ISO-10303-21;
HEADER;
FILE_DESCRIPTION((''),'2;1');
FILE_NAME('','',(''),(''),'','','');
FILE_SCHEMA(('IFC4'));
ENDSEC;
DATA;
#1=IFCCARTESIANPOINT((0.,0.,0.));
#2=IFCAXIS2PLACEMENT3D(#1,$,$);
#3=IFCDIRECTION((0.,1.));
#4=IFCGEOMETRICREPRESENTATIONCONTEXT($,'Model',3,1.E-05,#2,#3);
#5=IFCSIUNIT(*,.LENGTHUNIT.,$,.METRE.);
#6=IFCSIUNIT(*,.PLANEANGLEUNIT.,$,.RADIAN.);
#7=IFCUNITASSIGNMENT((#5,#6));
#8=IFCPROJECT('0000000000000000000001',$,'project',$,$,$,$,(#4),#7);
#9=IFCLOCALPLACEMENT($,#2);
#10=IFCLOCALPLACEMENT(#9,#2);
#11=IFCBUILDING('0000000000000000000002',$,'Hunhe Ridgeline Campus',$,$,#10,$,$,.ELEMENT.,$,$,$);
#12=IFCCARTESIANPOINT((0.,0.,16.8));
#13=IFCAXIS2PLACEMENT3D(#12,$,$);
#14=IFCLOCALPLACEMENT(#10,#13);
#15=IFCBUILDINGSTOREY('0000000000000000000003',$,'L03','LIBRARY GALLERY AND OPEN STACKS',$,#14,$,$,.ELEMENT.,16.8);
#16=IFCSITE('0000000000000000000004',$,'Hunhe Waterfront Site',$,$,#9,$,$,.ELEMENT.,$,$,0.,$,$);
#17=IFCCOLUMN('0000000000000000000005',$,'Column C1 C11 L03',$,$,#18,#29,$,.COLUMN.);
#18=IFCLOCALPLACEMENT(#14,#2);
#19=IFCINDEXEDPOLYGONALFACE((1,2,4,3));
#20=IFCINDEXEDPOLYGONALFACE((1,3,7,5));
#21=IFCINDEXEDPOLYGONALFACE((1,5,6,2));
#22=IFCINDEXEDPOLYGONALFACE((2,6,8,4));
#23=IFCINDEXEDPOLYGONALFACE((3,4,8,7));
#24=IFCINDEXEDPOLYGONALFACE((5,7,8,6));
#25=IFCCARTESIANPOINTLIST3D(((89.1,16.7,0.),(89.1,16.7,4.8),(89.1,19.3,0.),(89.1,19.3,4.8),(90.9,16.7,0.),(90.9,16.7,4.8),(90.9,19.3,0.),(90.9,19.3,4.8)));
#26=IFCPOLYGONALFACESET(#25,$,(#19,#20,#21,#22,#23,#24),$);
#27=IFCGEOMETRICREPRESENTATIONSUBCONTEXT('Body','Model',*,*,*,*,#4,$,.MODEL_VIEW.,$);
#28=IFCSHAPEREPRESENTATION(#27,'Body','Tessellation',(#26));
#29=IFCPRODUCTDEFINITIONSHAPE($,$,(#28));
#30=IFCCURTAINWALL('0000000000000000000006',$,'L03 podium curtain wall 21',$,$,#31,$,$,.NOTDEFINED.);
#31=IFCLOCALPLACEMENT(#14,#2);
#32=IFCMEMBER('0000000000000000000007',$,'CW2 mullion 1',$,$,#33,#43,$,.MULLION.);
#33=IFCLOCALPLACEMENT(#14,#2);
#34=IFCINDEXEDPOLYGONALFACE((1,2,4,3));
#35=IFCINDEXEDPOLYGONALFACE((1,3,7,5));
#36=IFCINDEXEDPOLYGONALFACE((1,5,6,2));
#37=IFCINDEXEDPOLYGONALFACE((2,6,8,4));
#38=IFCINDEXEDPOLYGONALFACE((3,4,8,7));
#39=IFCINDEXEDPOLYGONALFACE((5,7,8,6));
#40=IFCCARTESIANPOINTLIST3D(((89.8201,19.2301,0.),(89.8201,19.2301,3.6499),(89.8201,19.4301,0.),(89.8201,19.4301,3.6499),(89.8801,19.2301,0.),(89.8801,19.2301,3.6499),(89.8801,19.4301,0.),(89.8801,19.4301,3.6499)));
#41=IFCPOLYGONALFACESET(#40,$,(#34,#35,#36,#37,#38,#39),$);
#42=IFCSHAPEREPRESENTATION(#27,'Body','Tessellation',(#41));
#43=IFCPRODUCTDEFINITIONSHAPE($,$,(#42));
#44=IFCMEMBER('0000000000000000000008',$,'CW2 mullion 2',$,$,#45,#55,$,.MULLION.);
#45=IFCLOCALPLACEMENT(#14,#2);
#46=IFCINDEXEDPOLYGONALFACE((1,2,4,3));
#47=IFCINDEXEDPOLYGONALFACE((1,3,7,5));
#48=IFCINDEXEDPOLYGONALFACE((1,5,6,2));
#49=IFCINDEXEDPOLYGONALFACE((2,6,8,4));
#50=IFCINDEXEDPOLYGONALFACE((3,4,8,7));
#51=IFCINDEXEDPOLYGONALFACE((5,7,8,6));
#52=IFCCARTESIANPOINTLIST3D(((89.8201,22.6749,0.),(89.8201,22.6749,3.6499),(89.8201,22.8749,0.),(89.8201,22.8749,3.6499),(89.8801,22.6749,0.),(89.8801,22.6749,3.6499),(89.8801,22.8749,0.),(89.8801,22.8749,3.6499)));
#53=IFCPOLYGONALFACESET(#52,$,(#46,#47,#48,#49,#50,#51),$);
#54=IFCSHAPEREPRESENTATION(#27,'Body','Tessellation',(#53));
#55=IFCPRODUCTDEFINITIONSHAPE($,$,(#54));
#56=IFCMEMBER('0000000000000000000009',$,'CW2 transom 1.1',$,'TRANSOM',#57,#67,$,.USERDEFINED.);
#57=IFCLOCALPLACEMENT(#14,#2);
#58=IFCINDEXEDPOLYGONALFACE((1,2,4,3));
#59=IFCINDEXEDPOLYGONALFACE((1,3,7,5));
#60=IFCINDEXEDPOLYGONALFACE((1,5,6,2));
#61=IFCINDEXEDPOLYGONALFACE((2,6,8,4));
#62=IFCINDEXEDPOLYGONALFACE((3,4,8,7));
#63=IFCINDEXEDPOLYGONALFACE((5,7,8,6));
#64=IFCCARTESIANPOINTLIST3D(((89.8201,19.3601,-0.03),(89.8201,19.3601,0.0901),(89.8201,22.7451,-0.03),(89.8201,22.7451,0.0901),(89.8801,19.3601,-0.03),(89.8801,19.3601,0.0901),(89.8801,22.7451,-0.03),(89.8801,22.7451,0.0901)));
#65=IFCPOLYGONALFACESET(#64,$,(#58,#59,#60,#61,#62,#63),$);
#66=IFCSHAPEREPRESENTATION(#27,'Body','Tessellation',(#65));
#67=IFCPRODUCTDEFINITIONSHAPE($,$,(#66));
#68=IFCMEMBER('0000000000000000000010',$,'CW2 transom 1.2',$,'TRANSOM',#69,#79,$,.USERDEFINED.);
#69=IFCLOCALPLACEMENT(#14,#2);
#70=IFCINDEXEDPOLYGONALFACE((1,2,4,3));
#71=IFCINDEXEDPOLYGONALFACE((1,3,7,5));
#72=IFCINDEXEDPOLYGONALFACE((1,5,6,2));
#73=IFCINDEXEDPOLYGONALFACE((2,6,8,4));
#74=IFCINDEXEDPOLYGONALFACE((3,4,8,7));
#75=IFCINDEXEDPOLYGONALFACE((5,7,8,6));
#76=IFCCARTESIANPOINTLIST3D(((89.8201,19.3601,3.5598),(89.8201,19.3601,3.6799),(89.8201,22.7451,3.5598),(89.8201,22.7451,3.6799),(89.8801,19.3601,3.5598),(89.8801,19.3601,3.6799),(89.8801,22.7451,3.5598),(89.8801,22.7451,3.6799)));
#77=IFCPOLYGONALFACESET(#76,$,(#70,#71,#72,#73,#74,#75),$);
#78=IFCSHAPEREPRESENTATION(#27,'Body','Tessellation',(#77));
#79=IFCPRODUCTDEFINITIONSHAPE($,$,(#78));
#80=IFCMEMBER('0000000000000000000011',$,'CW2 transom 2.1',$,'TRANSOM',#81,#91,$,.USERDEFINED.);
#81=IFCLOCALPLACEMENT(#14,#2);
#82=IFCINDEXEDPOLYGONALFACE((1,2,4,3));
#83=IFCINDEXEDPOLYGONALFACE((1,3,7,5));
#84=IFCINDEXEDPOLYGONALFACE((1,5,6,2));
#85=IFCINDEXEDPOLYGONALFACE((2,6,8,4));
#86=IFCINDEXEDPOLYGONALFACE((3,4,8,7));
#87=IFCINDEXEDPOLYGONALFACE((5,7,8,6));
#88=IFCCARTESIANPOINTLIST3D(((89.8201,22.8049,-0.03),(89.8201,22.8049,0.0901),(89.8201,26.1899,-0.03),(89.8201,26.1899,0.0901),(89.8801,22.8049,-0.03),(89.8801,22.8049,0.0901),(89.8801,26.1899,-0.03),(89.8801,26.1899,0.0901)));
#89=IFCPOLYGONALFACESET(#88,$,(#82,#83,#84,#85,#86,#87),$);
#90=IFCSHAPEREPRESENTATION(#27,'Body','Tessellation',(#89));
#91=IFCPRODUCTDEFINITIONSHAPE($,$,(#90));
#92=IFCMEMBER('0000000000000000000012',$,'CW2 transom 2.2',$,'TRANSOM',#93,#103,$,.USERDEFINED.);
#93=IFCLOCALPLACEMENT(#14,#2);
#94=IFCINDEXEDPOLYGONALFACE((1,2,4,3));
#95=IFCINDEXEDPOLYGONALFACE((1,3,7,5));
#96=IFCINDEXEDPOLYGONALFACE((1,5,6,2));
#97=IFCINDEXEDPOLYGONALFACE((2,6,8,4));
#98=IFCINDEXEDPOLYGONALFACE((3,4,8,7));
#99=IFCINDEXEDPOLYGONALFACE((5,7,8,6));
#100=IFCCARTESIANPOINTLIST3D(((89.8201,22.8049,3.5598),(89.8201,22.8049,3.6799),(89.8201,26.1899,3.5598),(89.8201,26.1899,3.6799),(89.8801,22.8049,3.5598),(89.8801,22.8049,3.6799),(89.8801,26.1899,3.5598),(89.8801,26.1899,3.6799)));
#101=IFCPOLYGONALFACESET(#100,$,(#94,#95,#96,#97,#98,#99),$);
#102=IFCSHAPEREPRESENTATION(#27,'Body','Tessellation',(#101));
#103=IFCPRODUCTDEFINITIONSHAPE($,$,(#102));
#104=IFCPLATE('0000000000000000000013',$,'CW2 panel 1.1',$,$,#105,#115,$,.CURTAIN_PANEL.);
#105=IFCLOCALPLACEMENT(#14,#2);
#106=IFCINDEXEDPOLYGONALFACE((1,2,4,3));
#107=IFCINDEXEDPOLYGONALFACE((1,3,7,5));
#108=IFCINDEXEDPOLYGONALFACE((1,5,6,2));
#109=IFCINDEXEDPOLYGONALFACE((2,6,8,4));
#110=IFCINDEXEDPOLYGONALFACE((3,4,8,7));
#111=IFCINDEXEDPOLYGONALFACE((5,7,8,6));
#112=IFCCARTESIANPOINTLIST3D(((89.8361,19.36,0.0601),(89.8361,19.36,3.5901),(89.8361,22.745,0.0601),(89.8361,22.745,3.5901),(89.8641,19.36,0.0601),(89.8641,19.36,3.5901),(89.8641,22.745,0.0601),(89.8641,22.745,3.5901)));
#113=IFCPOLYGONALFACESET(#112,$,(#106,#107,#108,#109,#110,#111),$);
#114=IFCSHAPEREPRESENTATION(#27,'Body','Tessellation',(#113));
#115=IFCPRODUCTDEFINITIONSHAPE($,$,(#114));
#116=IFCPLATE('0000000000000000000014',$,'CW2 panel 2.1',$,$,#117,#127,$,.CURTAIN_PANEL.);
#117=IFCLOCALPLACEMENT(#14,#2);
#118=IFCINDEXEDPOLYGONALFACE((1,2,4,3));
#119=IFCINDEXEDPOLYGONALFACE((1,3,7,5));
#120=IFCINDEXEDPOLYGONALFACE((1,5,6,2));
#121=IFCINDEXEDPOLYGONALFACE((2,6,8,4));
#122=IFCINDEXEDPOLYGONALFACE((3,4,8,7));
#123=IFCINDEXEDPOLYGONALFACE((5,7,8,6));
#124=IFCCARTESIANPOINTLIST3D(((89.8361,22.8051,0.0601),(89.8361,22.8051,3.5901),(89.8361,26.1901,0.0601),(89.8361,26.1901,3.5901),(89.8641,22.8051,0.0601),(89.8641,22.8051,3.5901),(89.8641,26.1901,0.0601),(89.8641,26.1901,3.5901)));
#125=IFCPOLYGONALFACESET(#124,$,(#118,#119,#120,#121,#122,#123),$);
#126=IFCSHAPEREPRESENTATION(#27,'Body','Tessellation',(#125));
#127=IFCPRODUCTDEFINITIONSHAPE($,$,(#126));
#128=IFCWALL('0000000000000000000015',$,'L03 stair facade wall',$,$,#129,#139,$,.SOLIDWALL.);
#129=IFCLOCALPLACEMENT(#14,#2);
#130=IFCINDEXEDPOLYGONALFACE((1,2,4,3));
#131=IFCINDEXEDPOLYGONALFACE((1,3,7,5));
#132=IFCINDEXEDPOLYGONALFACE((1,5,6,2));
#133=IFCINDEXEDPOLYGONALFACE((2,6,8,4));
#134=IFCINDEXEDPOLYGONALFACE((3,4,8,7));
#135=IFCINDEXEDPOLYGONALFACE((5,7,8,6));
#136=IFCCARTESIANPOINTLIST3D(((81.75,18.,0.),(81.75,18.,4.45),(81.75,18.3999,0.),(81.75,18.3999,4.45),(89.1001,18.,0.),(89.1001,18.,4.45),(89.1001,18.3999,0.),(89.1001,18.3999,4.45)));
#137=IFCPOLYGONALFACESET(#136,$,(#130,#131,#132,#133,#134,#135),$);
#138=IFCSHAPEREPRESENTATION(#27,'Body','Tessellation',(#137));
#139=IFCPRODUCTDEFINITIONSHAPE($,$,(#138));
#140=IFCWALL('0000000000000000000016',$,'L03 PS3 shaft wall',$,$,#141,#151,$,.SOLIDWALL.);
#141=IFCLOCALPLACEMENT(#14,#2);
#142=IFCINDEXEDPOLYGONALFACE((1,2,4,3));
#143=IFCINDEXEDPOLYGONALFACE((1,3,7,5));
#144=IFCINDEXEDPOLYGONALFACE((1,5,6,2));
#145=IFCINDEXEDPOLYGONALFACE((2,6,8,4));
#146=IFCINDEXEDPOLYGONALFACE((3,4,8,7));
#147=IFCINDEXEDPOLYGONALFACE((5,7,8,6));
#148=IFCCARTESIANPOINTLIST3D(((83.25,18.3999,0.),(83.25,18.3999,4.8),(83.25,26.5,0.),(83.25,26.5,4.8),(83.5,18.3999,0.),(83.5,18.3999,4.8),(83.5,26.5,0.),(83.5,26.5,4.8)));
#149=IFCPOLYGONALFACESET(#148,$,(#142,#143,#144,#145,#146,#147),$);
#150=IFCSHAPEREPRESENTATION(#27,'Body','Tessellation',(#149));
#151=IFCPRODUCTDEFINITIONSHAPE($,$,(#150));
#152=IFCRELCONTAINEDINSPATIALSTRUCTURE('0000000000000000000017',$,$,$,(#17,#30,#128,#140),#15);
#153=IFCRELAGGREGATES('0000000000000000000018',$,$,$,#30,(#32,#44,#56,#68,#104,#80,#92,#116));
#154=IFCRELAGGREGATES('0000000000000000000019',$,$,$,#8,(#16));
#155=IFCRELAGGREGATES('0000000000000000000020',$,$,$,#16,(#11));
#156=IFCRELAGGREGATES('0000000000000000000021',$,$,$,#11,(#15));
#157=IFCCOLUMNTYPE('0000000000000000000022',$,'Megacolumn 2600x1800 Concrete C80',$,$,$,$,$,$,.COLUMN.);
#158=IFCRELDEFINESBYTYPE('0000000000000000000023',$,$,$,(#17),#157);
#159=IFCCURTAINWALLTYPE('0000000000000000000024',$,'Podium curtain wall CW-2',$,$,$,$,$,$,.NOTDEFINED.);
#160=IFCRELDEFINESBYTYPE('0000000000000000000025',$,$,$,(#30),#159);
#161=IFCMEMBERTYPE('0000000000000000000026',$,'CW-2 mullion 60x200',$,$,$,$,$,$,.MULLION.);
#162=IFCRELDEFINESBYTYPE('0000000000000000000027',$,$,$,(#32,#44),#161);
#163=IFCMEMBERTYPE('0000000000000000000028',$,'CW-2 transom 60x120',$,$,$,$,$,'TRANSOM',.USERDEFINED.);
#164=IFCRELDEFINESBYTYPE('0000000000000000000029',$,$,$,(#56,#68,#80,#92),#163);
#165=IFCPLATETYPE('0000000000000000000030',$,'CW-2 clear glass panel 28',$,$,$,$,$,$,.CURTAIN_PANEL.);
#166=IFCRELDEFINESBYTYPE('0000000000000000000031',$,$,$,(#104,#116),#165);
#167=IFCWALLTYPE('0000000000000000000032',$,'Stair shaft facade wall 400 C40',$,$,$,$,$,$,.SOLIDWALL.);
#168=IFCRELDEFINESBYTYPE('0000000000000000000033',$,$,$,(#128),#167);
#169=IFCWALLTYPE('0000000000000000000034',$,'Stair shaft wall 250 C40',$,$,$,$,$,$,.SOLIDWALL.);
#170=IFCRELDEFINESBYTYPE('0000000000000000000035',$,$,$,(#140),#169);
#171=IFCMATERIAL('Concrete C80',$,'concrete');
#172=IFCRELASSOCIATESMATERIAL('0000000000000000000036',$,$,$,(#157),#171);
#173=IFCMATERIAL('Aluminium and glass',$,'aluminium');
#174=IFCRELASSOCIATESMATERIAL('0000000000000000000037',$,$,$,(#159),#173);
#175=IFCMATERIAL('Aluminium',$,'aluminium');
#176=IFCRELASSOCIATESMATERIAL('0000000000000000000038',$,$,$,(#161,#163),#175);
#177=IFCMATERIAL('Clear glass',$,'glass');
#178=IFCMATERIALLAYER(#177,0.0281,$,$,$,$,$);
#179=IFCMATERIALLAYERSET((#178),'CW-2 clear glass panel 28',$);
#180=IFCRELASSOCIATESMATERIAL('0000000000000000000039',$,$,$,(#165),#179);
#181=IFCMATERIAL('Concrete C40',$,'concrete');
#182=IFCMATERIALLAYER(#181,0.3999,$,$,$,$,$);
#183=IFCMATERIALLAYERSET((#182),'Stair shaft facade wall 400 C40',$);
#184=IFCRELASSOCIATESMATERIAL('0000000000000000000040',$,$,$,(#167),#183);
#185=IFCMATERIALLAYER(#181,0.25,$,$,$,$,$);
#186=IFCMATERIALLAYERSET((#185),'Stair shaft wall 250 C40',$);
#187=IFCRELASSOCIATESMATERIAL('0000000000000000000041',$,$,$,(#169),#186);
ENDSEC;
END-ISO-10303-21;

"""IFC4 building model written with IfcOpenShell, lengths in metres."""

from ifc_helpers import new_model, si_unit, direction, frame, frame_2d, origin, origin_2d, place, context, subcontext, project, spatial, rectangle, extrude, material, layer, layer_set, material_profile, profile_set, type_object, element, aggregate, save


model = new_model("IFC4")

# Units and contexts
model_context = context("Model", 3, precision=1e-05, world=origin(), true_north=direction((0.0, 1.0)))
body_context = subcontext(model_context, "Body", "Model", "MODEL_VIEW")
ifc_project = project(units=[si_unit("LENGTHUNIT", "METRE"), si_unit("PLANEANGLEUNIT", "RADIAN")], contexts=[model_context])

# Site, building, storey
site_placement = place(None, origin())
site = spatial("IfcSite", under=ifc_project, at=site_placement, Name="Hunhe Waterfront Site", CompositionType="ELEMENT", RefElevation=0.0)
building_placement = place(site_placement, origin())
building = spatial("IfcBuilding", under=site, at=building_placement, Name="Hunhe Ridgeline Campus", CompositionType="ELEMENT")
storey_placement = place(building_placement, frame((0.0, 0.0, 16.8)))
storey = spatial("IfcBuildingStorey", under=building, at=storey_placement, Name="L03", Description="LIBRARY GALLERY AND OPEN STACKS", CompositionType="ELEMENT", Elevation=16.8)

# Column
ifc_material_1 = material(Name="Concrete C80", Category="concrete")
ifc_material_profile_1 = material_profile(ifc_material_1, rectangle(XDim=2.6001, YDim=1.8, at=origin_2d()))
ifc_profile_set_1 = profile_set([ifc_material_profile_1], Name="Concrete C80")
column_type = type_object("IfcColumnType", Name="Megacolumn 2600x1800 Concrete C80", PredefinedType="COLUMN", material=ifc_profile_set_1)
column_placement = place(storey_placement, frame((90.0, 18.0, 0.0), z_axis=(0.0, 0.0, 1.0), x_axis=(0.0, 1.0, 0.0)))
element("IfcColumn", 1, at=column_placement, inside=storey, type_object=column_type, Name="Column C1 C11 L03", PredefinedType="COLUMN", context=body_context, shape_type="SweptSolid", body=[
    extrude(rectangle(XDim=2.6001, YDim=1.8, at=origin_2d()), origin(), (0.0, 0.0, 1.0), 4.8),
])

# Curtain wall, members, plates
ifc_material_2 = material(Name="Aluminium and glass", Category="aluminium")
curtain_wall_type = type_object("IfcCurtainWallType", Name="Podium curtain wall CW-2", PredefinedType="NOTDEFINED", material=ifc_material_2)
curtain_wall_placement = place(storey_placement, origin())
curtain_wall = element("IfcCurtainWall", 2, at=curtain_wall_placement, inside=storey, type_object=curtain_wall_type, Name="L03 podium curtain wall 21", PredefinedType="NOTDEFINED")
ifc_material_3 = material(Name="Aluminium", Category="aluminium")
ifc_material_profile_2 = material_profile(ifc_material_3, rectangle(XDim=0.0601, YDim=0.2, at=origin_2d()))
ifc_profile_set_2 = profile_set([ifc_material_profile_2], Name="Aluminium")
member_type_1 = type_object("IfcMemberType", Name="CW-2 mullion 60x200", PredefinedType="MULLION", material=ifc_profile_set_2)
member_1_placement = place(storey_placement, frame((89.8501, 19.3301, 0.0), z_axis=(0.0, 0.0, 1.0), x_axis=(-1.0, 0.0, 0.0)))
member_1 = element("IfcMember", 3, at=member_1_placement, type_object=member_type_1, Name="CW2 mullion 1", PredefinedType="MULLION", context=body_context, shape_type="SweptSolid", body=[
    extrude(rectangle(XDim=0.0601, YDim=0.2, at=origin_2d()), origin(), (0.0, 0.0, 1.0), 3.6499),
])
member_2_placement = place(storey_placement, frame((89.8501, 22.7749, 0.0), z_axis=(0.0, 0.0, 1.0), x_axis=(-1.0, 0.0, 0.0)))
member_2 = element("IfcMember", 4, at=member_2_placement, type_object=member_type_1, Name="CW2 mullion 2", PredefinedType="MULLION", context=body_context, shape_type="SweptSolid", body=[
    extrude(rectangle(XDim=0.0601, YDim=0.2, at=origin_2d()), origin(), (0.0, 0.0, 1.0), 3.6499),
])
ifc_material_profile_3 = material_profile(ifc_material_3, rectangle(XDim=0.0601, YDim=0.1201, at=origin_2d()))
ifc_profile_set_3 = profile_set([ifc_material_profile_3], Name="Aluminium")
member_type_2 = type_object("IfcMemberType", Name="CW-2 transom 60x120", ElementType="TRANSOM", PredefinedType="USERDEFINED", material=ifc_profile_set_3)
member_3_placement = place(storey_placement, frame((89.8501, 19.3601, 0.03), z_axis=(0.0, 1.0, 0.0), x_axis=(-1.0, 0.0, 0.0)))
member_3 = element("IfcMember", 5, at=member_3_placement, type_object=member_type_2, Name="CW2 transom 1.1", ObjectType="TRANSOM", PredefinedType="USERDEFINED", context=body_context, shape_type="SweptSolid", body=[
    extrude(rectangle(XDim=0.0601, YDim=0.1201, at=origin_2d()), origin(), (0.0, 0.0, 1.0), 3.385),
])
member_4_placement = place(storey_placement, frame((89.8501, 19.3601, 3.6199), z_axis=(0.0, 1.0, 0.0), x_axis=(-1.0, 0.0, 0.0)))
member_4 = element("IfcMember", 6, at=member_4_placement, type_object=member_type_2, Name="CW2 transom 1.2", ObjectType="TRANSOM", PredefinedType="USERDEFINED", context=body_context, shape_type="SweptSolid", body=[
    extrude(rectangle(XDim=0.0601, YDim=0.1201, at=origin_2d()), origin(), (0.0, 0.0, 1.0), 3.385),
])
member_5_placement = place(storey_placement, frame((89.8501, 22.8049, 0.03), z_axis=(0.0, 1.0, 0.0), x_axis=(-1.0, 0.0, 0.0)))
member_5 = element("IfcMember", 7, at=member_5_placement, type_object=member_type_2, Name="CW2 transom 2.1", ObjectType="TRANSOM", PredefinedType="USERDEFINED", context=body_context, shape_type="SweptSolid", body=[
    extrude(rectangle(XDim=0.0601, YDim=0.1201, at=origin_2d()), origin(), (0.0, 0.0, 1.0), 3.385),
])
member_6_placement = place(storey_placement, frame((89.8501, 22.8049, 3.6199), z_axis=(0.0, 1.0, 0.0), x_axis=(-1.0, 0.0, 0.0)))
member_6 = element("IfcMember", 8, at=member_6_placement, type_object=member_type_2, Name="CW2 transom 2.2", ObjectType="TRANSOM", PredefinedType="USERDEFINED", context=body_context, shape_type="SweptSolid", body=[
    extrude(rectangle(XDim=0.0601, YDim=0.1201, at=origin_2d()), origin(), (0.0, 0.0, 1.0), 3.385),
])
ifc_material_4 = material(Name="Clear glass", Category="glass")
ifc_layer_1 = layer(ifc_material_4, 0.0281)
ifc_layer_set_1 = layer_set([ifc_layer_1], Name="CW-2 clear glass panel 28")
plate_type = type_object("IfcPlateType", Name="CW-2 clear glass panel 28", PredefinedType="CURTAIN_PANEL", material=ifc_layer_set_1)
plate_1_placement = place(storey_placement, frame((89.8501, 21.0525, 0.0601), z_axis=(0.0, 0.0, 1.0), x_axis=(0.0, 1.0, 0.0)))
plate_1 = element("IfcPlate", 9, at=plate_1_placement, type_object=plate_type, Name="CW2 panel 1.1", PredefinedType="CURTAIN_PANEL", context=body_context, shape_type="SweptSolid", body=[
    extrude(rectangle(XDim=3.385, YDim=0.0281, at=origin_2d()), origin(), (0.0, 0.0, 1.0), 3.53),
])
plate_2_placement = place(storey_placement, frame((89.8501, 24.4976, 0.0601), z_axis=(0.0, 0.0, 1.0), x_axis=(0.0, 1.0, 0.0)))
plate_2 = element("IfcPlate", 10, at=plate_2_placement, type_object=plate_type, Name="CW2 panel 2.1", PredefinedType="CURTAIN_PANEL", context=body_context, shape_type="SweptSolid", body=[
    extrude(rectangle(XDim=3.385, YDim=0.0281, at=origin_2d()), origin(), (0.0, 0.0, 1.0), 3.53),
])
aggregate(curtain_wall, [member_1, member_2, member_3, member_4, plate_1, member_5, member_6, plate_2])

# Walls
ifc_material_5 = material(Name="Concrete C40", Category="concrete")
ifc_layer_2 = layer(ifc_material_5, 0.3999)
ifc_layer_set_2 = layer_set([ifc_layer_2], Name="Stair shaft facade wall 400 C40")
wall_type_1 = type_object("IfcWallType", Name="Stair shaft facade wall 400 C40", PredefinedType="SOLIDWALL", material=ifc_layer_set_2)
wall_1_placement = place(storey_placement, frame((89.1001, 18.2, 0.0), z_axis=(0.0, 0.0, 1.0), x_axis=(-1.0, 0.0, 0.0)))
element("IfcWall", 11, at=wall_1_placement, inside=storey, type_object=wall_type_1, Name="L03 stair facade wall", PredefinedType="SOLIDWALL", context=body_context, shape_type="SweptSolid", body=[
    extrude(rectangle(XDim=7.3501, YDim=0.3999, at=frame_2d((3.675, 0.0))), origin(), (0.0, 0.0, 1.0), 4.45),
])
ifc_layer_3 = layer(ifc_material_5, 0.25)
ifc_layer_set_3 = layer_set([ifc_layer_3], Name="Stair shaft wall 250 C40")
wall_type_2 = type_object("IfcWallType", Name="Stair shaft wall 250 C40", PredefinedType="SOLIDWALL", material=ifc_layer_set_3)
wall_2_placement = place(storey_placement, frame((83.375, 18.3999, 0.0), z_axis=(0.0, 0.0, 1.0), x_axis=(0.0, 1.0, 0.0)))
element("IfcWall", 12, at=wall_2_placement, inside=storey, type_object=wall_type_2, Name="L03 PS3 shaft wall", PredefinedType="SOLIDWALL", context=body_context, shape_type="SweptSolid", body=[
    extrude(rectangle(XDim=8.1001, YDim=0.25, at=frame_2d((4.05, 0.0))), origin(), (0.0, 0.0, 1.0), 4.8),
])

save(model, "model.ifc")
